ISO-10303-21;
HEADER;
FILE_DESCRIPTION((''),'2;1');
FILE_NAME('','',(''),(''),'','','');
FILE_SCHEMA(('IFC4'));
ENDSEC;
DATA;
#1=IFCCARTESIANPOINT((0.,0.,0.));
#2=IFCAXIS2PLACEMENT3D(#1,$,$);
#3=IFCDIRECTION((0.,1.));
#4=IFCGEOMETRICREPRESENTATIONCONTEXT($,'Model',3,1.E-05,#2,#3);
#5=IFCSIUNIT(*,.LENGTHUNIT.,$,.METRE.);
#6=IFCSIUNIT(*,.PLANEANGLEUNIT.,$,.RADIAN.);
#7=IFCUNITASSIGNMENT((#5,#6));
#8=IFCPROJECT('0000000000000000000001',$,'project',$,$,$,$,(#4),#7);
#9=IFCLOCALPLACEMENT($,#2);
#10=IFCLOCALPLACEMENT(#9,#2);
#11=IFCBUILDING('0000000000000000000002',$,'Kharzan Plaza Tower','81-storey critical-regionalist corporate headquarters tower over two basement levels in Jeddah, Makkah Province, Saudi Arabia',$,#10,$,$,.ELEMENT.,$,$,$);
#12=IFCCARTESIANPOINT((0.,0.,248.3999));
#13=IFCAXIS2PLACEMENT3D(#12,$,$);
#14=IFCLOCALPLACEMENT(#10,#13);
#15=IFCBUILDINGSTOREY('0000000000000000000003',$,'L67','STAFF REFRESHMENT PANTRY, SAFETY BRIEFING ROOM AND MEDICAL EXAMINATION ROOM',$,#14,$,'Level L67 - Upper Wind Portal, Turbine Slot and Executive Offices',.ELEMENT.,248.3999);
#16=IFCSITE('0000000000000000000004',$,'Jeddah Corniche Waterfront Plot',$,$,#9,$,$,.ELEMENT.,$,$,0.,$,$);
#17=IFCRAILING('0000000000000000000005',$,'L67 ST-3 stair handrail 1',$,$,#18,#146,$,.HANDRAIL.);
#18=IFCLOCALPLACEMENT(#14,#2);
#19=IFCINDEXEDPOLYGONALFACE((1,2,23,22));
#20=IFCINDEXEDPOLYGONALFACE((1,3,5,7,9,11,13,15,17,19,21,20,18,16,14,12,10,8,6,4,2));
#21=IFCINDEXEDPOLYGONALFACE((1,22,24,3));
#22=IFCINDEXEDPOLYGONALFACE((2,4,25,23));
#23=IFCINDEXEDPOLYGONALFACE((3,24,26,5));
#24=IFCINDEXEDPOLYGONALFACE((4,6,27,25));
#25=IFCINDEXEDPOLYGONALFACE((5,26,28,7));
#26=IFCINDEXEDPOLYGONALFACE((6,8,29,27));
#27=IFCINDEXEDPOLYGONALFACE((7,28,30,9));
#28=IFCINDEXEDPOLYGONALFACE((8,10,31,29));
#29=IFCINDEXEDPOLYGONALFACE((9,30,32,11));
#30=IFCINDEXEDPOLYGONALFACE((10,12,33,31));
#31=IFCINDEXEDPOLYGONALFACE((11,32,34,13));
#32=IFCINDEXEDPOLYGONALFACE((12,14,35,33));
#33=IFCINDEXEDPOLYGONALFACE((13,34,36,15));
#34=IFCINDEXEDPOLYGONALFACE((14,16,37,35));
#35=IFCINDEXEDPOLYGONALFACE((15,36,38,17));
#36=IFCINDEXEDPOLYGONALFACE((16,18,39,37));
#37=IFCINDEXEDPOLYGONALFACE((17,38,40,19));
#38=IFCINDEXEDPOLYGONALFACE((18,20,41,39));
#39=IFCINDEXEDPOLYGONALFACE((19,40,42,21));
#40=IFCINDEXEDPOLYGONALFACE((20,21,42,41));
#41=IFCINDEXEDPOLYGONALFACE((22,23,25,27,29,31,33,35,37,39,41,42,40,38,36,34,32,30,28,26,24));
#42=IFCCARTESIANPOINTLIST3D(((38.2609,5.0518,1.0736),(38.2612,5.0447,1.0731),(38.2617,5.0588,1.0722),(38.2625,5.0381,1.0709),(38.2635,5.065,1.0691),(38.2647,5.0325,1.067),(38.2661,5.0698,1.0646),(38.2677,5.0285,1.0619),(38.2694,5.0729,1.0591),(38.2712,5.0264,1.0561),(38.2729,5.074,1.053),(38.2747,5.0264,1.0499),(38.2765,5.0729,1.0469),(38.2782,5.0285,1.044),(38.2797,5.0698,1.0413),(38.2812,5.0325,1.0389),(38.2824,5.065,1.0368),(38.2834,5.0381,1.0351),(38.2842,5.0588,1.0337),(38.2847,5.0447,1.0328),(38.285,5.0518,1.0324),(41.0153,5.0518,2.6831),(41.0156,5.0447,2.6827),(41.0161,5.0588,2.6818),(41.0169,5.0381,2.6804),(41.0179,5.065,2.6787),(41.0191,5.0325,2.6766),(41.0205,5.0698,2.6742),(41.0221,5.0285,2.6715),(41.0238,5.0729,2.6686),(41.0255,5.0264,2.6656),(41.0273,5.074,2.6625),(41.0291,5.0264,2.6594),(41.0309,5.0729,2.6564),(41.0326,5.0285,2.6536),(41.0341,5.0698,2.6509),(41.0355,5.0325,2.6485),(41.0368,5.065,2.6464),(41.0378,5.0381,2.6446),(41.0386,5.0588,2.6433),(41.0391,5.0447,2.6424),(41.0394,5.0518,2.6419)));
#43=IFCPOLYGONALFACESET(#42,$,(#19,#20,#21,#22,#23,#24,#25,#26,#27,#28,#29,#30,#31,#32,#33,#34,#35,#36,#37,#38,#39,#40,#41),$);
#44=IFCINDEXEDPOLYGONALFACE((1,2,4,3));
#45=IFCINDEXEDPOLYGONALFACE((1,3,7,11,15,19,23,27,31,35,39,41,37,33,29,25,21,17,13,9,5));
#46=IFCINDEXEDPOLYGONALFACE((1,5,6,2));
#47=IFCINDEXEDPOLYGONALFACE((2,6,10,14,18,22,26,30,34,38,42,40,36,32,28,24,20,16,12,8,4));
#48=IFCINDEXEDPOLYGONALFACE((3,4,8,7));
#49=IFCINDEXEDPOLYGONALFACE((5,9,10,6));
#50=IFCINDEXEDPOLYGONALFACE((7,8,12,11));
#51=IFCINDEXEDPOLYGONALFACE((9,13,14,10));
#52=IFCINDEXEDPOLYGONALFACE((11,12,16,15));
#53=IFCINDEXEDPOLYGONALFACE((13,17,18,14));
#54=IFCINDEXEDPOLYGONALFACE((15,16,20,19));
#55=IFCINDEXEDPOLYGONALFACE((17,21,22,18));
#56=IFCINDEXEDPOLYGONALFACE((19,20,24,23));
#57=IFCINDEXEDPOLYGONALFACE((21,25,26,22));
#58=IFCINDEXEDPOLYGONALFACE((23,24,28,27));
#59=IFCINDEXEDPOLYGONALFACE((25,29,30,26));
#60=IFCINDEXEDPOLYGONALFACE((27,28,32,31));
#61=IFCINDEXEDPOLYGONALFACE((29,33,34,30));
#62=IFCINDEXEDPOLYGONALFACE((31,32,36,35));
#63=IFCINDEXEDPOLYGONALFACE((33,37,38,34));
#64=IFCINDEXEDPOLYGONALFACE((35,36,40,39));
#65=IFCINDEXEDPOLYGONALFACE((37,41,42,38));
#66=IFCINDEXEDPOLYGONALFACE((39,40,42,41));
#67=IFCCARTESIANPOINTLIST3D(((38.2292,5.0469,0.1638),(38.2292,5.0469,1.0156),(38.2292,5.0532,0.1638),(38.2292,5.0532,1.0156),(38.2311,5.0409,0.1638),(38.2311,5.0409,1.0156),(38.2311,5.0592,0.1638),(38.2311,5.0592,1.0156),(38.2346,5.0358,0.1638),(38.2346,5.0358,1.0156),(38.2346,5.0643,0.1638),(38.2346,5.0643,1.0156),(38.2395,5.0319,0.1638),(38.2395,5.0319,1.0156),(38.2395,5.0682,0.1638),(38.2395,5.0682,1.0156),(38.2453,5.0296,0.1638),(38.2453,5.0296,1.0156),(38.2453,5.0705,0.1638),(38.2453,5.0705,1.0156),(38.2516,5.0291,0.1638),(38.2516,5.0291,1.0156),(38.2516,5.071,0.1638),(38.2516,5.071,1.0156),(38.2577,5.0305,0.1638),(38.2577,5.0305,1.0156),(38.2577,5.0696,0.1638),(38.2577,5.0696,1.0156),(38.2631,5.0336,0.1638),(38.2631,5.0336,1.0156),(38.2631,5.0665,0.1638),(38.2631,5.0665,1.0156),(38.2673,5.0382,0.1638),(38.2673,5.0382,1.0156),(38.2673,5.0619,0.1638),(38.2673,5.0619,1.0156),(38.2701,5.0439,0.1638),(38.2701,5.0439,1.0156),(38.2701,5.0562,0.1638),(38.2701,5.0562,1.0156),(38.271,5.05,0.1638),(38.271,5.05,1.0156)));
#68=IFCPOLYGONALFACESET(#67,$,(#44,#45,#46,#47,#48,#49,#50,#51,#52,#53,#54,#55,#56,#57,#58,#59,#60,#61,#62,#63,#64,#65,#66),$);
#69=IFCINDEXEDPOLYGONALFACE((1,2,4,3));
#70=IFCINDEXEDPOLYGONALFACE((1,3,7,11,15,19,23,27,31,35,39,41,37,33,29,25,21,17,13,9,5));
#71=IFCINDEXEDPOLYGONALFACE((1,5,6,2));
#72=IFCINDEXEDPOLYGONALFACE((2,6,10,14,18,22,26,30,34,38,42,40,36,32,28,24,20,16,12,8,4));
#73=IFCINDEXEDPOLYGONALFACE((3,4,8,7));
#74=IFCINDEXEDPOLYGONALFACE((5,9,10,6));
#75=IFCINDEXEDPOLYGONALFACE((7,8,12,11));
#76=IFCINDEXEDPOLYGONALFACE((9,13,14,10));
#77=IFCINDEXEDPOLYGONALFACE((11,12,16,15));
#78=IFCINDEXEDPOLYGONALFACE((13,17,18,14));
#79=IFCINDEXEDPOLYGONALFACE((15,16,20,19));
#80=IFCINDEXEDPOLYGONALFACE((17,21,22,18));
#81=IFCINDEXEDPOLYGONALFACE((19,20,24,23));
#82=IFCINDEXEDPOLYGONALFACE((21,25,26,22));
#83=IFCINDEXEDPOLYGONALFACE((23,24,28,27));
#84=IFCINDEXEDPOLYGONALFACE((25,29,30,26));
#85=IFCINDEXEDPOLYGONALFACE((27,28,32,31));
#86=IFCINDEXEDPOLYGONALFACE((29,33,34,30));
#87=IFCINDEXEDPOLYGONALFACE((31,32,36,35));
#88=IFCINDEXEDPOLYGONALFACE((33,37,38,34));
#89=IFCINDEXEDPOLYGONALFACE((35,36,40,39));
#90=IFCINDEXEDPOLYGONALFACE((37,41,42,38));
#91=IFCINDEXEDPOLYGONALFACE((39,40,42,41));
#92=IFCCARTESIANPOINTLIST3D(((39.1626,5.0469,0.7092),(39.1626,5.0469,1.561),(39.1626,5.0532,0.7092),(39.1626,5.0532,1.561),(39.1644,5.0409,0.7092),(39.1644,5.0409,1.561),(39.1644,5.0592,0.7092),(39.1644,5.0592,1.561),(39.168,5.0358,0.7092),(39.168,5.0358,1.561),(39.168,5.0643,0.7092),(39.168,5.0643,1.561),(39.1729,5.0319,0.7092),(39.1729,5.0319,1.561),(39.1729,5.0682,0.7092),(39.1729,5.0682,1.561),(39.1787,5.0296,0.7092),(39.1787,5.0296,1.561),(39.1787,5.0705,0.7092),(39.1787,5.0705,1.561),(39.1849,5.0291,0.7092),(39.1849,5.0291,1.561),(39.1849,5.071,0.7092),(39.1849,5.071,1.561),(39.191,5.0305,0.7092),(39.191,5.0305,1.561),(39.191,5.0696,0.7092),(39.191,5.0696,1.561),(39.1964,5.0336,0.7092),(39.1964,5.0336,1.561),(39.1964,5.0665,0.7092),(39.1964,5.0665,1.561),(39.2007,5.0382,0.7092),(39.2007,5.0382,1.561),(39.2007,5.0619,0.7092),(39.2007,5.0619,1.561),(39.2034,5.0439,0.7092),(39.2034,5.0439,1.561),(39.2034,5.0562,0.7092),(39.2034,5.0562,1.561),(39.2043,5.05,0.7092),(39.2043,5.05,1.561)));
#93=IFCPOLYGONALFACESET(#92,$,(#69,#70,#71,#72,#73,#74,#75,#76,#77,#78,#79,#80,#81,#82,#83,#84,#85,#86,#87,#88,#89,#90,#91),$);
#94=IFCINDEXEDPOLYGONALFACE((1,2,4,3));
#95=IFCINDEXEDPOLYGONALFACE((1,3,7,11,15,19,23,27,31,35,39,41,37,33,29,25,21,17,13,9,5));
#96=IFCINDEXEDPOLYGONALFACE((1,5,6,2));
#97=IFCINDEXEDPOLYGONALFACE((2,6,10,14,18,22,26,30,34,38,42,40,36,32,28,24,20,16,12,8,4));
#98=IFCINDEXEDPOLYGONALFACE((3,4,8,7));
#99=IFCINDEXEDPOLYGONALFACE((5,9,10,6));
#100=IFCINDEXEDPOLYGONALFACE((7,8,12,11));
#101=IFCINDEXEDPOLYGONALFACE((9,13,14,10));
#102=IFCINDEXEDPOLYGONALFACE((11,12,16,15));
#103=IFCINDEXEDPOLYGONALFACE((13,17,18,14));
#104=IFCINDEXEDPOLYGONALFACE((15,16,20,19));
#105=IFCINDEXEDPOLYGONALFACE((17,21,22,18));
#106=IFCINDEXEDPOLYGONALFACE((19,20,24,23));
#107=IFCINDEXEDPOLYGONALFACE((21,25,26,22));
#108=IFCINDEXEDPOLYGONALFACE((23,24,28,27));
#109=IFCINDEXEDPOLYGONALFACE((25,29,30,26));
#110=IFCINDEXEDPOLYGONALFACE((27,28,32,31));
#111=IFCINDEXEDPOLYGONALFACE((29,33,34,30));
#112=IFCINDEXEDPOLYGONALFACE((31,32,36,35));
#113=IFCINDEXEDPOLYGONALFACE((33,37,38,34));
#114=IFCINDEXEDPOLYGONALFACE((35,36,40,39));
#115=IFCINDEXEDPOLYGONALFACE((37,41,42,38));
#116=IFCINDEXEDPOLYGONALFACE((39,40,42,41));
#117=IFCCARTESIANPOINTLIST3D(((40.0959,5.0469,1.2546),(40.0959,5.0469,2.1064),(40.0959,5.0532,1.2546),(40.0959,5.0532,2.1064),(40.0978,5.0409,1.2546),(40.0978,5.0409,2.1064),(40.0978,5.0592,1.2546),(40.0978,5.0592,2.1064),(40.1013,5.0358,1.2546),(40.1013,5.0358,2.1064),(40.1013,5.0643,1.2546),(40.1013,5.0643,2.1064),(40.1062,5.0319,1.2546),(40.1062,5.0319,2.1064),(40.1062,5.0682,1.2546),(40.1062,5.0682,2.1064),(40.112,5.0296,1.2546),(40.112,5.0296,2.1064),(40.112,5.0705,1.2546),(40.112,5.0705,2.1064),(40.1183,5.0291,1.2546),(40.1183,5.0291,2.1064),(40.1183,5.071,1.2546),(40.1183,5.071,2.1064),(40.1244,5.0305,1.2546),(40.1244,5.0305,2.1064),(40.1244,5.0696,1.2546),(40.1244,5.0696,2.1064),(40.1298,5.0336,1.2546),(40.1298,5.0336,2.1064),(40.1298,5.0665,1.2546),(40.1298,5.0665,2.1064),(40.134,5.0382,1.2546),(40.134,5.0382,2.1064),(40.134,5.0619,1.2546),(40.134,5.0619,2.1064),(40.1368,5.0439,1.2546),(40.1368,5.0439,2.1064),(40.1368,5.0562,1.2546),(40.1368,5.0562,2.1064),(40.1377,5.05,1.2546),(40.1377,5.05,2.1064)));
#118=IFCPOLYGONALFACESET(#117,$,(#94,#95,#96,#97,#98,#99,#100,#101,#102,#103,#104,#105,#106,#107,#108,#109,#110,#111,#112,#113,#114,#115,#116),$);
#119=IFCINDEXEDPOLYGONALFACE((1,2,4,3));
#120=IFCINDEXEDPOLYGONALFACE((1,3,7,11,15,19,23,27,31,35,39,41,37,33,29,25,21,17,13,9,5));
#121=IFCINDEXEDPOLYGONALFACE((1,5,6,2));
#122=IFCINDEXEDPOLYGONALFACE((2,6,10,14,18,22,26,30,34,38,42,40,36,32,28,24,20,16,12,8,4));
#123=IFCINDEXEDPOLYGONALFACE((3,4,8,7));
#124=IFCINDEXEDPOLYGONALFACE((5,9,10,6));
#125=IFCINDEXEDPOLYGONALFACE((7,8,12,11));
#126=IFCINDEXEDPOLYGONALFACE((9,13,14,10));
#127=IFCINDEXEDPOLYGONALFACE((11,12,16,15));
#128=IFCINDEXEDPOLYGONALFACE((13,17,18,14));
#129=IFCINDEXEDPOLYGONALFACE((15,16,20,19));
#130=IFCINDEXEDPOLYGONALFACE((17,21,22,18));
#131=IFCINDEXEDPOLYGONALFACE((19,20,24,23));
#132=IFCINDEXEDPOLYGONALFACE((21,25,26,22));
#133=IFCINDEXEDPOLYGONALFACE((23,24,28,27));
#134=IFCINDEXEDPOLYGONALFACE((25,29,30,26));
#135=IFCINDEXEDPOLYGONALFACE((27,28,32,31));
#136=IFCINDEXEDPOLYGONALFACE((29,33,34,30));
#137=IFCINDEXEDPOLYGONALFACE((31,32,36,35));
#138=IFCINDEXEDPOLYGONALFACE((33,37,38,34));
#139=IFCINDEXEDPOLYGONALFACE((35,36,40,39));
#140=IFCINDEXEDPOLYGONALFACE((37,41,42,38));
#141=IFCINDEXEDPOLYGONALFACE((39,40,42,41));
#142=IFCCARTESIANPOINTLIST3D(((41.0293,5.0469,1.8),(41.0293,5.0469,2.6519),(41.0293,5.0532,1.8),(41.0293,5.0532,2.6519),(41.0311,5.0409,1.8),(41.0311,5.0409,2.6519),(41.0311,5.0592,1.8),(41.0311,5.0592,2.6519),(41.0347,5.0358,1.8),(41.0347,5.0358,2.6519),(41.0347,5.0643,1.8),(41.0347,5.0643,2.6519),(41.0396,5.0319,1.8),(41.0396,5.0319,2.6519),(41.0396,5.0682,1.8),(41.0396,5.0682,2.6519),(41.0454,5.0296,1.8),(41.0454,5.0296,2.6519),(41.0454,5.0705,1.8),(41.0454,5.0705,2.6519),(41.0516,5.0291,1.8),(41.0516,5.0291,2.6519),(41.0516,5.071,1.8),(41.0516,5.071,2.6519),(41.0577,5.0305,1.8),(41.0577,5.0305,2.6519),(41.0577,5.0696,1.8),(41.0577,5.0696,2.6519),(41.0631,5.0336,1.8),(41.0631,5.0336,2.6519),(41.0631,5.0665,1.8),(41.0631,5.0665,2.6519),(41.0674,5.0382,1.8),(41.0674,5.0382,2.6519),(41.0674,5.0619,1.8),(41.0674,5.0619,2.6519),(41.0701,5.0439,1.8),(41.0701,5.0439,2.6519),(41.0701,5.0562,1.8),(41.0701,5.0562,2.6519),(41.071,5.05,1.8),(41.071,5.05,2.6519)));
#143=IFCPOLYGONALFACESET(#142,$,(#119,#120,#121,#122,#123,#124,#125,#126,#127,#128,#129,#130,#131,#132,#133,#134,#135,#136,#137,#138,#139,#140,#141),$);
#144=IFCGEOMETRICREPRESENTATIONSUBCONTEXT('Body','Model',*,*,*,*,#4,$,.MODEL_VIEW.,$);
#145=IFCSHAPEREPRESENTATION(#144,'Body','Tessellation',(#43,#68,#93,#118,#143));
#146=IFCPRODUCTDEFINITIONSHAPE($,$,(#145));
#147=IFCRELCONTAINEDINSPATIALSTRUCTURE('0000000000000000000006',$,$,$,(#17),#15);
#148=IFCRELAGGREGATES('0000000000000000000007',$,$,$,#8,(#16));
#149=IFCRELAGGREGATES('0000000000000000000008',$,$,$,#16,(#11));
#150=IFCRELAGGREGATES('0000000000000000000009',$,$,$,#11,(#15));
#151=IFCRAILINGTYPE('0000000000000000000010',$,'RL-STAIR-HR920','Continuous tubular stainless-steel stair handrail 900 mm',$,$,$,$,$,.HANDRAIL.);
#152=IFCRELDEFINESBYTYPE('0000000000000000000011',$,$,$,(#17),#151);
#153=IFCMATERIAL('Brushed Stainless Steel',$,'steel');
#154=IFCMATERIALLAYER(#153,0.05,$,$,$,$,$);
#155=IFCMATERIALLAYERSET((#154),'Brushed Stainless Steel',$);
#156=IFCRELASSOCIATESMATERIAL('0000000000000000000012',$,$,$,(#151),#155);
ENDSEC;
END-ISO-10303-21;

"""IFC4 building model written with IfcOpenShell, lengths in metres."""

from ifc_helpers import new_model, si_unit, direction, frame, origin, origin_2d, place, context, subcontext, project, spatial, circle, extrude, source, transform, mapped, material, layer, layer_set, type_object, element, save


model = new_model("IFC4")

# Units and contexts
model_context = context("Model", 3, precision=1e-05, world=origin(), true_north=direction((0.0, 1.0)))
body_context = subcontext(model_context, "Body", "Model", "MODEL_VIEW")
ifc_project = project(units=[si_unit("LENGTHUNIT", "METRE"), si_unit("PLANEANGLEUNIT", "RADIAN")], contexts=[model_context])

# Site, building, storey
site_placement = place(None, origin())
site = spatial("IfcSite", under=ifc_project, at=site_placement, Name="Jeddah Corniche Waterfront Plot", CompositionType="ELEMENT", RefElevation=0.0)
building_placement = place(site_placement, origin())
building = spatial("IfcBuilding", under=site, at=building_placement, Name="Kharzan Plaza Tower", Description="81-storey critical-regionalist corporate headquarters tower over two basement levels in Jeddah, Makkah Province, Saudi Arabia", CompositionType="ELEMENT")
storey_placement = place(building_placement, frame((0.0, 0.0, 248.3999)))
storey = spatial("IfcBuildingStorey", under=building, at=storey_placement, Name="L67", Description="STAFF REFRESHMENT PANTRY, SAFETY BRIEFING ROOM AND MEDICAL EXAMINATION ROOM", LongName="Level L67 - Upper Wind Portal, Turbine Slot and Executive Offices", CompositionType="ELEMENT", Elevation=248.3999)

# Railing
ifc_material_1 = material(Name="Brushed Stainless Steel", Category="steel")
ifc_layer_1 = layer(ifc_material_1, 0.05)
ifc_layer_set_1 = layer_set([ifc_layer_1], Name="Brushed Stainless Steel")
railing_type_1 = type_object("IfcRailingType", Name="RL-STAIR-HR920", Description="Continuous tubular stainless-steel stair handrail 900 mm", PredefinedType="HANDRAIL", material=ifc_layer_set_1)
shared_shape_1 = source(origin(), body_context, "Body", "SweptSolid", [
    extrude(circle(Radius=0.0239, at=origin_2d()), frame((0.0229, 0.0, 0.8892), z_axis=(0.863394, 0.0, 0.504531), x_axis=(0.0, 1.0, 0.0)), (0.0, 0.0, 1.0), 3.1902),
    extrude(circle(Radius=0.021, at=origin_2d()), origin(), (0.0, 0.0, 1.0), 0.8518),
    extrude(circle(Radius=0.021, at=origin_2d()), frame((0.9333, 0.0, 0.5454)), (0.0, 0.0, 1.0), 0.8518),
    extrude(circle(Radius=0.021, at=origin_2d()), frame((1.8667, 0.0, 1.0908)), (0.0, 0.0, 1.0), 0.8518),
    extrude(circle(Radius=0.021, at=origin_2d()), frame((2.8, 0.0, 1.6362)), (0.0, 0.0, 1.0), 0.8518),
])
railing_1_placement = place(storey_placement, frame((38.25, 5.05, 0.1638)))
element("IfcRailing", 1, at=railing_1_placement, inside=storey, type_object=railing_type_1, Name="L67 ST-3 stair handrail 1", PredefinedType="HANDRAIL", context=body_context, shape_type="MappedRepresentation", body=[
    mapped(shared_shape_1, transform((0.0, 0.0, 0.0), x_axis=(1.0, 0.0, 0.0), y_axis=(0.0, 1.0, 0.0), z_axis=(0.0, 0.0, 1.0))),
])

save(model, "model.ifc")
